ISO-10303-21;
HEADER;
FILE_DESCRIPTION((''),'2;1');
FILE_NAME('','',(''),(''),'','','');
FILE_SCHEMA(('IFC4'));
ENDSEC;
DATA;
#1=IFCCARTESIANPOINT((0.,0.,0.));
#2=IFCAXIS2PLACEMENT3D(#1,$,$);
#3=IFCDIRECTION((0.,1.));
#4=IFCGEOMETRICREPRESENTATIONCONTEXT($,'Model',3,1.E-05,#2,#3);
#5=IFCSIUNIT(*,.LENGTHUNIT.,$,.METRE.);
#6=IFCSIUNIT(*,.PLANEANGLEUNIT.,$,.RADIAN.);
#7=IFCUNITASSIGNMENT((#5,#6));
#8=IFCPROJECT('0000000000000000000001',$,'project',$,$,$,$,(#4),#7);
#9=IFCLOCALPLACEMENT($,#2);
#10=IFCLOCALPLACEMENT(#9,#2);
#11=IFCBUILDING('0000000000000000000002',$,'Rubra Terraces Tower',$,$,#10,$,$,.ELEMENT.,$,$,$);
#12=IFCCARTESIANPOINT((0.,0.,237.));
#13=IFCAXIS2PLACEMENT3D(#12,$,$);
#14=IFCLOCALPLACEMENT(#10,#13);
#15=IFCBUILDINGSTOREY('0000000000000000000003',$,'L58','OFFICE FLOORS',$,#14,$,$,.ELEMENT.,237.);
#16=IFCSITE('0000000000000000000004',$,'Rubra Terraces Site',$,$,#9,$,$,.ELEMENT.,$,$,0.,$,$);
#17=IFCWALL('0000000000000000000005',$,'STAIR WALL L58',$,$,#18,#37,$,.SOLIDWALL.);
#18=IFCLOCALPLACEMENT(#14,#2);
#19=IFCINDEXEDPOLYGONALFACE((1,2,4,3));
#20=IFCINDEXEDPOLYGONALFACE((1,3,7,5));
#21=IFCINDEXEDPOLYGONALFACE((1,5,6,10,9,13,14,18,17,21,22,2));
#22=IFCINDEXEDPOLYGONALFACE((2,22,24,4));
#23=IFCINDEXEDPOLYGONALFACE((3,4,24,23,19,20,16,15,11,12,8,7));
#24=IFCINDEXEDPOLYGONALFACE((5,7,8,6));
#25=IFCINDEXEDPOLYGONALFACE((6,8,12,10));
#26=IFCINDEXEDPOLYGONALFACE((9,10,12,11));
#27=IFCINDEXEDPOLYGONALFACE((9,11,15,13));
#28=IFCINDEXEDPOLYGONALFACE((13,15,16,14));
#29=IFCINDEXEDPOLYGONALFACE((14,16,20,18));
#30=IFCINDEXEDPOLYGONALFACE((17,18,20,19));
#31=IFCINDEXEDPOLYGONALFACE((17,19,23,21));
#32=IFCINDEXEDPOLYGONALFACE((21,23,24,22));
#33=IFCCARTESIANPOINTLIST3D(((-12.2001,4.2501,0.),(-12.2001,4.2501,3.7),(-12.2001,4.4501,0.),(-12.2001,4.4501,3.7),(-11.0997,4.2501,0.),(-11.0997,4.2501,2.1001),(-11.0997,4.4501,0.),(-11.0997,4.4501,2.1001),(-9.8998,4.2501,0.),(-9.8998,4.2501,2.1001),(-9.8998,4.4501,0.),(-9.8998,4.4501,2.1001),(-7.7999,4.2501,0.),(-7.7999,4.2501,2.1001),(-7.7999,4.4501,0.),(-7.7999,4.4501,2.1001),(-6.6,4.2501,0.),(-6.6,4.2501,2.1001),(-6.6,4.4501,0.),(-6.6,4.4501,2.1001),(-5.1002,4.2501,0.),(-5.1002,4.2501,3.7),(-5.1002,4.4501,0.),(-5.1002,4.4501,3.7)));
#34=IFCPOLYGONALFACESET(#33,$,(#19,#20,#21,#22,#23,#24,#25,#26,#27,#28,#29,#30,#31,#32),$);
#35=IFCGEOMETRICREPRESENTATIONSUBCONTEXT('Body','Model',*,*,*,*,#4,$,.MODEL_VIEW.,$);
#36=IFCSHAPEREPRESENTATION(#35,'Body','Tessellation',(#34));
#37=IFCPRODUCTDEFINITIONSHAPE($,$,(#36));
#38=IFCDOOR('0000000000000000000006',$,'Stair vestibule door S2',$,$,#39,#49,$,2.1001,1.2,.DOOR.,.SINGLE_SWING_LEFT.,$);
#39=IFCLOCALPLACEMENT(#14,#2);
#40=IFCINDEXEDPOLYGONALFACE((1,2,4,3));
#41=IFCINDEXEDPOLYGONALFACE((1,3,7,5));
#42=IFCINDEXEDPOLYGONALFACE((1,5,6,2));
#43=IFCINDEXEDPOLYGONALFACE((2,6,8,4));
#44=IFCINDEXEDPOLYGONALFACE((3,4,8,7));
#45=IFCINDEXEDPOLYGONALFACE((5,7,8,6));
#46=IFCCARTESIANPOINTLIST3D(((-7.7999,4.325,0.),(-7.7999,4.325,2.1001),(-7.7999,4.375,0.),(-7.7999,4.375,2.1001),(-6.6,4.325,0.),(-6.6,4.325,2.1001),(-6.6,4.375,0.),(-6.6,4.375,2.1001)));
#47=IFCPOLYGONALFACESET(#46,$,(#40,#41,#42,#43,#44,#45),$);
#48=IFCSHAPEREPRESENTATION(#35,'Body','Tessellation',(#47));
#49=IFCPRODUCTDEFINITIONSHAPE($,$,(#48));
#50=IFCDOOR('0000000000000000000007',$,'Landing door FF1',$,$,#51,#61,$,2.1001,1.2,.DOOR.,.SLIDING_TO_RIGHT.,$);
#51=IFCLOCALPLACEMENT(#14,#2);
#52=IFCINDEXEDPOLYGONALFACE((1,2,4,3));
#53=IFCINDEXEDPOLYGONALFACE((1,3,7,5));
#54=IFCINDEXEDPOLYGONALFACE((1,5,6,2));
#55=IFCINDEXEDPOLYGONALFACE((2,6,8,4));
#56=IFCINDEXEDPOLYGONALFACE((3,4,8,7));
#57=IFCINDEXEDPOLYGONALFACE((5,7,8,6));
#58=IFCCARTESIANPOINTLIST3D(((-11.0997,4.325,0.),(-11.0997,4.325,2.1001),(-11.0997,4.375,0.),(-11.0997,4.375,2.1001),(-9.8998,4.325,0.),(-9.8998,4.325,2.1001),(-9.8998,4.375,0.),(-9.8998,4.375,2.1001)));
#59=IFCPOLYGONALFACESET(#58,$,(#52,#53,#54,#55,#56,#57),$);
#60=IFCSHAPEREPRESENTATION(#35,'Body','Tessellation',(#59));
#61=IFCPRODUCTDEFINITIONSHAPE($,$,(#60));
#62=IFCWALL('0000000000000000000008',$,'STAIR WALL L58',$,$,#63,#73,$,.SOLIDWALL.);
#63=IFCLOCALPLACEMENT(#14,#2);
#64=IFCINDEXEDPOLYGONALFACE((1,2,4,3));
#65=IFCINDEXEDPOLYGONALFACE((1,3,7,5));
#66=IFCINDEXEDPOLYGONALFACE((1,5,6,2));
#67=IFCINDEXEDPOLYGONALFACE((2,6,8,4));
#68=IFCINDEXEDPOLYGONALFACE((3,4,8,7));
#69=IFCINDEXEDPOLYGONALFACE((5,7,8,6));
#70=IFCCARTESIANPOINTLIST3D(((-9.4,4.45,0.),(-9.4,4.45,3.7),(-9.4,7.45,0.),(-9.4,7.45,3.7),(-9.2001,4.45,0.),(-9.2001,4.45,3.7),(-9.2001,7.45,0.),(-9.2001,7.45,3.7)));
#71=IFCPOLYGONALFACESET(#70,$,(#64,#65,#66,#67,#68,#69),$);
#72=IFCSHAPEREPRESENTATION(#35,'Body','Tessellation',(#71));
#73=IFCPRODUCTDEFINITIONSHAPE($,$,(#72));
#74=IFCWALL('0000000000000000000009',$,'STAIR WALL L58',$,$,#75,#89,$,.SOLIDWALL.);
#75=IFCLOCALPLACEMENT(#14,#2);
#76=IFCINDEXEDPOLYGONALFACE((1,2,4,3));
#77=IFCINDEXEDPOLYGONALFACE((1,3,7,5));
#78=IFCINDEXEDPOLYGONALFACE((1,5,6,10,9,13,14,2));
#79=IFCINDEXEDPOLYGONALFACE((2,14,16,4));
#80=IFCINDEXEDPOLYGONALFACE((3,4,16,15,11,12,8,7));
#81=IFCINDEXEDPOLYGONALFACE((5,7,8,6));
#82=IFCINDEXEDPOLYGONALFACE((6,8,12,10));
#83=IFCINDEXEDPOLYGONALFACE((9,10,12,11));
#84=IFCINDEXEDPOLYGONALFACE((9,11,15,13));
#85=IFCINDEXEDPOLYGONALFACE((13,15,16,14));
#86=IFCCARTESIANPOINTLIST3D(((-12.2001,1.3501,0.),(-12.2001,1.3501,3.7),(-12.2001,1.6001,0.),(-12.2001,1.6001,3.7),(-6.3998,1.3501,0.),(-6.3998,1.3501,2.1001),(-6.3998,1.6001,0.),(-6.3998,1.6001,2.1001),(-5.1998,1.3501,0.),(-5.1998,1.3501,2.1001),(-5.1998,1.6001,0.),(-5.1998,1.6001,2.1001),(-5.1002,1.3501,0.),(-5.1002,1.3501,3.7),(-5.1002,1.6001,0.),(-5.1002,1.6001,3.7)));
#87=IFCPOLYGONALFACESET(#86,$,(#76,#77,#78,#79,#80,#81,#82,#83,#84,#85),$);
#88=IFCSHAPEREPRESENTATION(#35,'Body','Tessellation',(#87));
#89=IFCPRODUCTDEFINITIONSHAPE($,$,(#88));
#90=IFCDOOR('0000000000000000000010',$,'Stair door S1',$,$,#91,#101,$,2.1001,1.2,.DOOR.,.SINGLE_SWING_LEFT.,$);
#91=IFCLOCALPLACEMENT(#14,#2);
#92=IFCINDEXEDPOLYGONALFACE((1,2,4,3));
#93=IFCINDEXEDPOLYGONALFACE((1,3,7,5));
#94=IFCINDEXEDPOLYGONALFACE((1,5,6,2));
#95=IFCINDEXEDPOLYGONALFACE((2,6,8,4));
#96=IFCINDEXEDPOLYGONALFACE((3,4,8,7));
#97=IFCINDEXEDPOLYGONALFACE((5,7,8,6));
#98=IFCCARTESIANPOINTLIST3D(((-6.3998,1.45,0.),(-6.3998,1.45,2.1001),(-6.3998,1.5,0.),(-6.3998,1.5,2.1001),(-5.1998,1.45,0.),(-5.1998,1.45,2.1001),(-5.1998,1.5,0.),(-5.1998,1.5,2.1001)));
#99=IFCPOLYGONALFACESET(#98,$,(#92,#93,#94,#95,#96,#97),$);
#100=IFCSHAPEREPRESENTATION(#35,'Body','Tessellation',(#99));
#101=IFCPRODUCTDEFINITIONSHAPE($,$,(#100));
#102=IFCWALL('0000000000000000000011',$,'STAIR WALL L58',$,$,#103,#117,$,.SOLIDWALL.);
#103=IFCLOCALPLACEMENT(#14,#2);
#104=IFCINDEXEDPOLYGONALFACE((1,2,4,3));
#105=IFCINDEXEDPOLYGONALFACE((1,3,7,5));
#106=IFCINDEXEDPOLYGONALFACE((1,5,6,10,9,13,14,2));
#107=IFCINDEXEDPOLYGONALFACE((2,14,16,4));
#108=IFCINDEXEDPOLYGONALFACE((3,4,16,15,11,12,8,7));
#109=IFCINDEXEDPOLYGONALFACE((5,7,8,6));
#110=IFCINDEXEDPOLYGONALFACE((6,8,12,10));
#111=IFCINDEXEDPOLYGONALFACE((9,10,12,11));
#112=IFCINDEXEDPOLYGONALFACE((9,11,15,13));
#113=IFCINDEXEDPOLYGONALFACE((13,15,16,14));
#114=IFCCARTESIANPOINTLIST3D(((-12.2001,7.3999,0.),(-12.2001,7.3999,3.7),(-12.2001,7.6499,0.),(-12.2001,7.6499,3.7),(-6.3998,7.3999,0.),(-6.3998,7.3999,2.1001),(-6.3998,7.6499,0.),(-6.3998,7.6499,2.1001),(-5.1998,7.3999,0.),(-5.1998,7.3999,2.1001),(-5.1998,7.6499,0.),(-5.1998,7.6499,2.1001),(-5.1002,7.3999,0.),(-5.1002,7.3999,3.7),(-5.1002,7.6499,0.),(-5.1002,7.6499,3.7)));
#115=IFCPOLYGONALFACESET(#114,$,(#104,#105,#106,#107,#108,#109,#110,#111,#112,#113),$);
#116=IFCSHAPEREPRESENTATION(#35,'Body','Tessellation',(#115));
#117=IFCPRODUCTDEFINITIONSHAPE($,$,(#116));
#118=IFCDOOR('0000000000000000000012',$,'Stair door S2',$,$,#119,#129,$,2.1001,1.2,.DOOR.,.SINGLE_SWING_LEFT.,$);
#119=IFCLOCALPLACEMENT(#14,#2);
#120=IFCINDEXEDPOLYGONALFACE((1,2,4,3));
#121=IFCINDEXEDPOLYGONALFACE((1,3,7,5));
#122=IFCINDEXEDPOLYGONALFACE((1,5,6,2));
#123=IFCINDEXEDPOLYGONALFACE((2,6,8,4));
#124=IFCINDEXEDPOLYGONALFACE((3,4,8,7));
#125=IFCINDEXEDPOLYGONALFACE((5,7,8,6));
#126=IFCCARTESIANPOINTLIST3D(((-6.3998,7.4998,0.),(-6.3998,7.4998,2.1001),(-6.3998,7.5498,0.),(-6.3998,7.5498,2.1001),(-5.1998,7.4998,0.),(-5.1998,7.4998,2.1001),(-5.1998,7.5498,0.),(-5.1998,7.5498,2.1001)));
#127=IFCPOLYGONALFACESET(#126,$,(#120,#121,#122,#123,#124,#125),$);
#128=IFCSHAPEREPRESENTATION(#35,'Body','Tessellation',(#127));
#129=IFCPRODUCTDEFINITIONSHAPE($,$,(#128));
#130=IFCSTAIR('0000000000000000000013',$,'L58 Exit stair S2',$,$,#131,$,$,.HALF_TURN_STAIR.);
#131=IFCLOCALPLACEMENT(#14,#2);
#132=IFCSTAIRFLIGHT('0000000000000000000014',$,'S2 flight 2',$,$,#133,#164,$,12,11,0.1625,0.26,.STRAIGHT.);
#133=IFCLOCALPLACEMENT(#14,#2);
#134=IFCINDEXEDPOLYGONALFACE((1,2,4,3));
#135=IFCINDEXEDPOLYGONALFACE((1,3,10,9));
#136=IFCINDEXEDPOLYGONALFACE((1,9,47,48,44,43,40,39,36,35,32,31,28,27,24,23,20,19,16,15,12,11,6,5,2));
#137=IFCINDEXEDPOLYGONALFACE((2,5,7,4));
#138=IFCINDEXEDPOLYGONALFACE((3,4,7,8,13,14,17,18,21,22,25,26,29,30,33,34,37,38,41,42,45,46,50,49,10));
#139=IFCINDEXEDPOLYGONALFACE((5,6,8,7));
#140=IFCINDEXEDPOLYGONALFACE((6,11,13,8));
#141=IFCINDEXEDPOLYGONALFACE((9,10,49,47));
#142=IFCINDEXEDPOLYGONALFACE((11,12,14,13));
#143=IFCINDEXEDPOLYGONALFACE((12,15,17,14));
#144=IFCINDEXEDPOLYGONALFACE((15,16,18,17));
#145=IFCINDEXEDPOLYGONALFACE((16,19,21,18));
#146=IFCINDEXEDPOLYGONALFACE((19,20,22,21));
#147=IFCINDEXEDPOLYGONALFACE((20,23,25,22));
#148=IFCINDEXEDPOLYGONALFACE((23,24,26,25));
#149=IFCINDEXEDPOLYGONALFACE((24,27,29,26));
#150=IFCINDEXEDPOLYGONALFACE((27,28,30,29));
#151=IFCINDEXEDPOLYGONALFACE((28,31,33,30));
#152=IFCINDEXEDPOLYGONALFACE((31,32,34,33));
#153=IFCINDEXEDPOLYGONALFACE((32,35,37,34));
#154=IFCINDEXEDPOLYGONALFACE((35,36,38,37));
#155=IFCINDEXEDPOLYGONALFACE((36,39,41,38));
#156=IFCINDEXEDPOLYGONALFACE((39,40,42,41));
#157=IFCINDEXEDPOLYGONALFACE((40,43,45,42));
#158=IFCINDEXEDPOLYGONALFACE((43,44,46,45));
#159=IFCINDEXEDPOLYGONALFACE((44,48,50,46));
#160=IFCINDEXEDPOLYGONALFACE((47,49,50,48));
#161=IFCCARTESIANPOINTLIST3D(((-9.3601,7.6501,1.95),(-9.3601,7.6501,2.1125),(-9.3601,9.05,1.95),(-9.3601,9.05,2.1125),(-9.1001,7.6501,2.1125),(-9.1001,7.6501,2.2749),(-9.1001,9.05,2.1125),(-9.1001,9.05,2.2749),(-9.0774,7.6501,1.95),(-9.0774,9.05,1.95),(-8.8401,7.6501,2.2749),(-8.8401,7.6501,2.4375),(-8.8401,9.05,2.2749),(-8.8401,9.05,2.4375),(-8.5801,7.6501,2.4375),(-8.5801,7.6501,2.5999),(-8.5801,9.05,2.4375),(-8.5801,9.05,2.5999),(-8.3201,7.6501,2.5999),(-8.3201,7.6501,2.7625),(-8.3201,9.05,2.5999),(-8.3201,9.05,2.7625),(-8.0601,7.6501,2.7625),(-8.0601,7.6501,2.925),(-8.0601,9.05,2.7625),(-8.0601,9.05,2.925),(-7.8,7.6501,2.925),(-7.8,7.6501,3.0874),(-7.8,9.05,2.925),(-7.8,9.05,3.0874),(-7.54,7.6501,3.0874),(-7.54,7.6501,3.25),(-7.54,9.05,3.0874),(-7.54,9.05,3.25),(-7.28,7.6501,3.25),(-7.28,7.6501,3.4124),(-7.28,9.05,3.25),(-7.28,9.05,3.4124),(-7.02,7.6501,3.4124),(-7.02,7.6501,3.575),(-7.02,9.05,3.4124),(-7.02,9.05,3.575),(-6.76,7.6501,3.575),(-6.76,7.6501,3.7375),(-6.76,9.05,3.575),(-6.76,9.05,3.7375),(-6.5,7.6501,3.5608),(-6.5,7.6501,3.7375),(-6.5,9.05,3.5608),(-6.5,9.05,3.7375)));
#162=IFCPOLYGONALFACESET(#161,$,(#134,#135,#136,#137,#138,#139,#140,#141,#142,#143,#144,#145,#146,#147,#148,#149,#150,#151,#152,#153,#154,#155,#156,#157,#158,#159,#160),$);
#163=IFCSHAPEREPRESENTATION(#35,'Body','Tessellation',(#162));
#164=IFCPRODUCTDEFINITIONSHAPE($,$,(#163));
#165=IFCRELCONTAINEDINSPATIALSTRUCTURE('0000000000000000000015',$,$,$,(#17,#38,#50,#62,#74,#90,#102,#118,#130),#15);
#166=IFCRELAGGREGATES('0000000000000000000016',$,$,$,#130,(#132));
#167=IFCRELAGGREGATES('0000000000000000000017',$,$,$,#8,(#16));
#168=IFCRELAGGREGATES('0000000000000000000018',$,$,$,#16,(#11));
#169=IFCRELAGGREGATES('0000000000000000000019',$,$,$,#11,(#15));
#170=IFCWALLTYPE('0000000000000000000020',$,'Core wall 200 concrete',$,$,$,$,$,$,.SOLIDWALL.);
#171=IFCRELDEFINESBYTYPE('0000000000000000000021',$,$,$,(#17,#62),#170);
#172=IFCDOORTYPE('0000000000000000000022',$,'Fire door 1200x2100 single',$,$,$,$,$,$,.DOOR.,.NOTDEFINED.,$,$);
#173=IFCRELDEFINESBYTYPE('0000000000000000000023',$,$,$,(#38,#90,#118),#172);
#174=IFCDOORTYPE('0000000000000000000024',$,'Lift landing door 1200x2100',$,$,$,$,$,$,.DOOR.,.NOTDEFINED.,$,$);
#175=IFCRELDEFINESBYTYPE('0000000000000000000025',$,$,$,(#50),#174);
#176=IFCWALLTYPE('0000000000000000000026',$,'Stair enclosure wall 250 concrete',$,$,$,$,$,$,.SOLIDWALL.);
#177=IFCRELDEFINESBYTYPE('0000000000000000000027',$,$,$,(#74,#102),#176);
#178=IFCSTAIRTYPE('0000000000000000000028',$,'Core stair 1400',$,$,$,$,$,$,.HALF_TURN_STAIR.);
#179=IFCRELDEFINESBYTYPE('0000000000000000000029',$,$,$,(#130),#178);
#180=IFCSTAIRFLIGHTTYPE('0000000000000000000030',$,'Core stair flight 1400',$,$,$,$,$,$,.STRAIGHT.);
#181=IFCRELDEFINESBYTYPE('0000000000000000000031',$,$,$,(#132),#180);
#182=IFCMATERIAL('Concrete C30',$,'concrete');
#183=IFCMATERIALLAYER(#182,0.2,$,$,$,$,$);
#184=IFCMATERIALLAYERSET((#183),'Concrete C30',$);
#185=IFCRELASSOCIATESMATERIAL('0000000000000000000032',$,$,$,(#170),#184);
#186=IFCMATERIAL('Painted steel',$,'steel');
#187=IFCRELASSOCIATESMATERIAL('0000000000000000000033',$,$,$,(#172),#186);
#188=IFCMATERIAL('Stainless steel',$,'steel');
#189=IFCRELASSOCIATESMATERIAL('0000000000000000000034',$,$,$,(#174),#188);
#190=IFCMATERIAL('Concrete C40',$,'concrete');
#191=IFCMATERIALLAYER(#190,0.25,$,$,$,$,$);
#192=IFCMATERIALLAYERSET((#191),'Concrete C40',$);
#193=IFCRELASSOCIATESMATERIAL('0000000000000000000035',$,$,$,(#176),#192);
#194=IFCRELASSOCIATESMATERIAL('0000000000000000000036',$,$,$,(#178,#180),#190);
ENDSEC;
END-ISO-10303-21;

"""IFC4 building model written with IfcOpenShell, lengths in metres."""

from ifc_helpers import new_model, si_unit, direction, frame, frame_2d, origin, place, context, subcontext, project, spatial, polyline, rectangle, outline, extrude, material, layer, layer_set, type_object, element, fill, aggregate, save


model = new_model("IFC4")

# Units and contexts
model_context = context("Model", 3, precision=1e-05, world=origin(), true_north=direction((0.0, 1.0)))
body_context = subcontext(model_context, "Body", "Model", "MODEL_VIEW")
ifc_project = project(units=[si_unit("LENGTHUNIT", "METRE"), si_unit("PLANEANGLEUNIT", "RADIAN")], contexts=[model_context])

# Site, building, storey
site_placement = place(None, origin())
site = spatial("IfcSite", under=ifc_project, at=site_placement, Name="Rubra Terraces Site", CompositionType="ELEMENT", RefElevation=0.0)
building_placement = place(site_placement, origin())
building = spatial("IfcBuilding", under=site, at=building_placement, Name="Rubra Terraces Tower", CompositionType="ELEMENT")
storey_placement = place(building_placement, frame((0.0, 0.0, 237.0)))
storey = spatial("IfcBuildingStorey", under=building, at=storey_placement, Name="L58", Description="OFFICE FLOORS", CompositionType="ELEMENT", Elevation=237.0)

# Shared definitions
ifc_material_1 = material(Name="Painted steel", Category="steel")

# Shared definitions
ifc_material_2 = material(Name="Concrete C40", Category="concrete")

# Wall, openings, doors
ifc_material_3 = material(Name="Concrete C30", Category="concrete")
ifc_layer_1 = layer(ifc_material_3, 0.2)
ifc_layer_set_1 = layer_set([ifc_layer_1], Name="Concrete C30")
wall_type_1 = type_object("IfcWallType", Name="Core wall 200 concrete", PredefinedType="SOLIDWALL", material=ifc_layer_set_1)
wall_1_placement = place(storey_placement, frame((-12.2, 4.3501, 0.0), z_axis=(0.0, 0.0, 1.0), x_axis=(1.0, 0.0, 0.0)))
wall_1 = element("IfcWall", 1, at=wall_1_placement, inside=storey, type_object=wall_type_1, Name="STAIR WALL L58", PredefinedType="SOLIDWALL", context=body_context, shape_type="SweptSolid", body=[
    extrude(rectangle(XDim=7.0999, YDim=0.2, at=frame_2d((3.5498, 0.0))), origin(), (0.0, 0.0, 1.0), 3.7),
])
opening_1_placement = place(wall_1_placement, frame((4.3999, 0.0, 0.0)))
opening_1 = element("IfcOpeningElement", 2, at=opening_1_placement, cuts=wall_1, PredefinedType="OPENING", context=body_context, shape_type="SweptSolid", body=[
    extrude(rectangle(XDim=1.2, YDim=2.1001, at=frame_2d((0.6001, 1.05))), frame((0.0, 0.1099, 0.0), z_axis=(0.0, -1.0, 0.0), x_axis=(1.0, 0.0, 0.0)), (0.0, 0.0, 1.0), 0.22),
])
opening_2_placement = place(wall_1_placement, frame((1.1001, 0.0, 0.0)))
opening_2 = element("IfcOpeningElement", 3, at=opening_2_placement, cuts=wall_1, PredefinedType="OPENING", context=body_context, shape_type="SweptSolid", body=[
    extrude(rectangle(XDim=1.2, YDim=2.1001, at=frame_2d((0.6001, 1.05))), frame((0.0, 0.1099, 0.0), z_axis=(0.0, -1.0, 0.0), x_axis=(1.0, 0.0, 0.0)), (0.0, 0.0, 1.0), 0.22),
])
door_type_1 = type_object("IfcDoorType", Name="Fire door 1200x2100 single", OperationType="NOTDEFINED", PredefinedType="DOOR", material=ifc_material_1)
door_1_placement = place(opening_1_placement, origin())
door_1 = element("IfcDoor", 4, at=door_1_placement, inside=storey, type_object=door_type_1, Name="Stair vestibule door S2", OperationType="SINGLE_SWING_LEFT", OverallHeight=2.1001, OverallWidth=1.2, PredefinedType="DOOR", context=body_context, shape_type="SweptSolid", body=[
    extrude(rectangle(XDim=1.2, YDim=2.1001, at=frame_2d((0.6001, 1.05))), frame((0.0, 0.0249, 0.0), z_axis=(0.0, -1.0, 0.0), x_axis=(1.0, 0.0, 0.0)), (0.0, 0.0, 1.0), 0.05),
])
fill(opening_1, door_1)
ifc_material_4 = material(Name="Stainless steel", Category="steel")
door_type_2 = type_object("IfcDoorType", Name="Lift landing door 1200x2100", OperationType="NOTDEFINED", PredefinedType="DOOR", material=ifc_material_4)
door_2_placement = place(opening_2_placement, origin())
door_2 = element("IfcDoor", 5, at=door_2_placement, inside=storey, type_object=door_type_2, Name="Landing door FF1", OperationType="SLIDING_TO_RIGHT", OverallHeight=2.1001, OverallWidth=1.2, PredefinedType="DOOR", context=body_context, shape_type="SweptSolid", body=[
    extrude(rectangle(XDim=1.2, YDim=2.1001, at=frame_2d((0.6001, 1.05))), frame((0.0, 0.0249, 0.0), z_axis=(0.0, -1.0, 0.0), x_axis=(1.0, 0.0, 0.0)), (0.0, 0.0, 1.0), 0.05),
])
fill(opening_2, door_2)

# Wall
wall_2_placement = place(storey_placement, frame((-9.3, 4.45, 0.0), z_axis=(0.0, 0.0, 1.0), x_axis=(0.0, 1.0, 0.0)))
element("IfcWall", 6, at=wall_2_placement, inside=storey, type_object=wall_type_1, Name="STAIR WALL L58", PredefinedType="SOLIDWALL", context=body_context, shape_type="SweptSolid", body=[
    extrude(rectangle(XDim=3.0, YDim=0.2, at=frame_2d((1.5, 0.0))), origin(), (0.0, 0.0, 1.0), 3.7),
])

# Walls, openings, doors
ifc_layer_2 = layer(ifc_material_2, 0.25)
ifc_layer_set_2 = layer_set([ifc_layer_2], Name="Concrete C40")
wall_type_2 = type_object("IfcWallType", Name="Stair enclosure wall 250 concrete", PredefinedType="SOLIDWALL", material=ifc_layer_set_2)
wall_3_placement = place(storey_placement, frame((-12.2, 1.4751, 0.0), z_axis=(0.0, 0.0, 1.0), x_axis=(1.0, 0.0, 0.0)))
wall_3 = element("IfcWall", 7, at=wall_3_placement, inside=storey, type_object=wall_type_2, Name="STAIR WALL L58", PredefinedType="SOLIDWALL", context=body_context, shape_type="SweptSolid", body=[
    extrude(rectangle(XDim=7.0999, YDim=0.25, at=frame_2d((3.5498, 0.0))), origin(), (0.0, 0.0, 1.0), 3.7),
])
opening_3_placement = place(wall_3_placement, frame((5.8, 0.0, 0.0)))
opening_3 = element("IfcOpeningElement", 8, at=opening_3_placement, cuts=wall_3, PredefinedType="OPENING", context=body_context, shape_type="SweptSolid", body=[
    extrude(rectangle(XDim=1.2, YDim=2.1001, at=frame_2d((0.6001, 1.05))), frame((0.0, 0.135, 0.0), z_axis=(0.0, -1.0, 0.0), x_axis=(1.0, 0.0, 0.0)), (0.0, 0.0, 1.0), 0.27),
])
door_3_placement = place(opening_3_placement, origin())
door_3 = element("IfcDoor", 9, at=door_3_placement, inside=storey, type_object=door_type_1, Name="Stair door S1", OperationType="SINGLE_SWING_LEFT", OverallHeight=2.1001, OverallWidth=1.2, PredefinedType="DOOR", context=body_context, shape_type="SweptSolid", body=[
    extrude(rectangle(XDim=1.2, YDim=2.1001, at=frame_2d((0.6001, 1.05))), frame((0.0, 0.0249, 0.0), z_axis=(0.0, -1.0, 0.0), x_axis=(1.0, 0.0, 0.0)), (0.0, 0.0, 1.0), 0.05),
])
fill(opening_3, door_3)
wall_4_placement = place(storey_placement, frame((-12.2, 7.5249, 0.0), z_axis=(0.0, 0.0, 1.0), x_axis=(1.0, 0.0, 0.0)))
wall_4 = element("IfcWall", 10, at=wall_4_placement, inside=storey, type_object=wall_type_2, Name="STAIR WALL L58", PredefinedType="SOLIDWALL", context=body_context, shape_type="SweptSolid", body=[
    extrude(rectangle(XDim=7.0999, YDim=0.25, at=frame_2d((3.5498, 0.0))), origin(), (0.0, 0.0, 1.0), 3.7),
])
opening_4_placement = place(wall_4_placement, frame((5.8, 0.0, 0.0)))
opening_4 = element("IfcOpeningElement", 11, at=opening_4_placement, cuts=wall_4, PredefinedType="OPENING", context=body_context, shape_type="SweptSolid", body=[
    extrude(rectangle(XDim=1.2, YDim=2.1001, at=frame_2d((0.6001, 1.05))), frame((0.0, 0.135, 0.0), z_axis=(0.0, -1.0, 0.0), x_axis=(1.0, 0.0, 0.0)), (0.0, 0.0, 1.0), 0.27),
])
door_4_placement = place(opening_4_placement, origin())
door_4 = element("IfcDoor", 12, at=door_4_placement, inside=storey, type_object=door_type_1, Name="Stair door S2", OperationType="SINGLE_SWING_LEFT", OverallHeight=2.1001, OverallWidth=1.2, PredefinedType="DOOR", context=body_context, shape_type="SweptSolid", body=[
    extrude(rectangle(XDim=1.2, YDim=2.1001, at=frame_2d((0.6001, 1.05))), frame((0.0, 0.0249, 0.0), z_axis=(0.0, -1.0, 0.0), x_axis=(1.0, 0.0, 0.0)), (0.0, 0.0, 1.0), 0.05),
])
fill(opening_4, door_4)

# Stair, stair flight
stair_type = type_object("IfcStairType", Name="Core stair 1400", PredefinedType="HALF_TURN_STAIR", material=ifc_material_2)
stair_placement = place(storey_placement, origin())
stair = element("IfcStair", 13, at=stair_placement, inside=storey, type_object=stair_type, Name="L58 Exit stair S2", PredefinedType="HALF_TURN_STAIR")
stair_flight_type = type_object("IfcStairFlightType", Name="Core stair flight 1400", PredefinedType="STRAIGHT", material=ifc_material_2)
stair_flight_placement = place(storey_placement, frame((-9.3601, 8.3501, 1.95), z_axis=(0.0, 0.0, 1.0), x_axis=(1.0, 0.0, 0.0)))
stair_flight = element("IfcStairFlight", 14, at=stair_flight_placement, type_object=stair_flight_type, Name="S2 flight 2", NumberOfRisers=12, NumberOfTreads=11, PredefinedType="STRAIGHT", RiserHeight=0.1625, TreadLength=0.26, context=body_context, shape_type="SweptSolid", body=[
    extrude(outline(polyline([(0.0, 0.0), (0.0, 0.1626), (0.26, 0.1626), (0.26, 0.325), (0.52, 0.325), (0.52, 0.4875), (0.78, 0.4875), (0.78, 0.6499), (1.04, 0.6499), (1.04, 0.8125), (1.3, 0.8125), (1.3, 0.9751), (1.5601, 0.9751), (1.5601, 1.1375), (1.8201, 1.1375), (1.8201, 1.3), (2.0801, 1.3), (2.0801, 1.4624), (2.3401, 1.4624), (2.3401, 1.625), (2.6001, 1.625), (2.6001, 1.7876), (2.8601, 1.7876), (2.8601, 1.95), (2.8601, 1.6108), (0.2827, 0.0), (0.0, 0.0)])), frame((0.0, 0.7, 0.0), z_axis=(0.0, -1.0, 0.0), x_axis=(1.0, 0.0, 0.0)), (0.0, 0.0, 1.0), 1.3999),
])
aggregate(stair, [stair_flight])

save(model, "model.ifc")
